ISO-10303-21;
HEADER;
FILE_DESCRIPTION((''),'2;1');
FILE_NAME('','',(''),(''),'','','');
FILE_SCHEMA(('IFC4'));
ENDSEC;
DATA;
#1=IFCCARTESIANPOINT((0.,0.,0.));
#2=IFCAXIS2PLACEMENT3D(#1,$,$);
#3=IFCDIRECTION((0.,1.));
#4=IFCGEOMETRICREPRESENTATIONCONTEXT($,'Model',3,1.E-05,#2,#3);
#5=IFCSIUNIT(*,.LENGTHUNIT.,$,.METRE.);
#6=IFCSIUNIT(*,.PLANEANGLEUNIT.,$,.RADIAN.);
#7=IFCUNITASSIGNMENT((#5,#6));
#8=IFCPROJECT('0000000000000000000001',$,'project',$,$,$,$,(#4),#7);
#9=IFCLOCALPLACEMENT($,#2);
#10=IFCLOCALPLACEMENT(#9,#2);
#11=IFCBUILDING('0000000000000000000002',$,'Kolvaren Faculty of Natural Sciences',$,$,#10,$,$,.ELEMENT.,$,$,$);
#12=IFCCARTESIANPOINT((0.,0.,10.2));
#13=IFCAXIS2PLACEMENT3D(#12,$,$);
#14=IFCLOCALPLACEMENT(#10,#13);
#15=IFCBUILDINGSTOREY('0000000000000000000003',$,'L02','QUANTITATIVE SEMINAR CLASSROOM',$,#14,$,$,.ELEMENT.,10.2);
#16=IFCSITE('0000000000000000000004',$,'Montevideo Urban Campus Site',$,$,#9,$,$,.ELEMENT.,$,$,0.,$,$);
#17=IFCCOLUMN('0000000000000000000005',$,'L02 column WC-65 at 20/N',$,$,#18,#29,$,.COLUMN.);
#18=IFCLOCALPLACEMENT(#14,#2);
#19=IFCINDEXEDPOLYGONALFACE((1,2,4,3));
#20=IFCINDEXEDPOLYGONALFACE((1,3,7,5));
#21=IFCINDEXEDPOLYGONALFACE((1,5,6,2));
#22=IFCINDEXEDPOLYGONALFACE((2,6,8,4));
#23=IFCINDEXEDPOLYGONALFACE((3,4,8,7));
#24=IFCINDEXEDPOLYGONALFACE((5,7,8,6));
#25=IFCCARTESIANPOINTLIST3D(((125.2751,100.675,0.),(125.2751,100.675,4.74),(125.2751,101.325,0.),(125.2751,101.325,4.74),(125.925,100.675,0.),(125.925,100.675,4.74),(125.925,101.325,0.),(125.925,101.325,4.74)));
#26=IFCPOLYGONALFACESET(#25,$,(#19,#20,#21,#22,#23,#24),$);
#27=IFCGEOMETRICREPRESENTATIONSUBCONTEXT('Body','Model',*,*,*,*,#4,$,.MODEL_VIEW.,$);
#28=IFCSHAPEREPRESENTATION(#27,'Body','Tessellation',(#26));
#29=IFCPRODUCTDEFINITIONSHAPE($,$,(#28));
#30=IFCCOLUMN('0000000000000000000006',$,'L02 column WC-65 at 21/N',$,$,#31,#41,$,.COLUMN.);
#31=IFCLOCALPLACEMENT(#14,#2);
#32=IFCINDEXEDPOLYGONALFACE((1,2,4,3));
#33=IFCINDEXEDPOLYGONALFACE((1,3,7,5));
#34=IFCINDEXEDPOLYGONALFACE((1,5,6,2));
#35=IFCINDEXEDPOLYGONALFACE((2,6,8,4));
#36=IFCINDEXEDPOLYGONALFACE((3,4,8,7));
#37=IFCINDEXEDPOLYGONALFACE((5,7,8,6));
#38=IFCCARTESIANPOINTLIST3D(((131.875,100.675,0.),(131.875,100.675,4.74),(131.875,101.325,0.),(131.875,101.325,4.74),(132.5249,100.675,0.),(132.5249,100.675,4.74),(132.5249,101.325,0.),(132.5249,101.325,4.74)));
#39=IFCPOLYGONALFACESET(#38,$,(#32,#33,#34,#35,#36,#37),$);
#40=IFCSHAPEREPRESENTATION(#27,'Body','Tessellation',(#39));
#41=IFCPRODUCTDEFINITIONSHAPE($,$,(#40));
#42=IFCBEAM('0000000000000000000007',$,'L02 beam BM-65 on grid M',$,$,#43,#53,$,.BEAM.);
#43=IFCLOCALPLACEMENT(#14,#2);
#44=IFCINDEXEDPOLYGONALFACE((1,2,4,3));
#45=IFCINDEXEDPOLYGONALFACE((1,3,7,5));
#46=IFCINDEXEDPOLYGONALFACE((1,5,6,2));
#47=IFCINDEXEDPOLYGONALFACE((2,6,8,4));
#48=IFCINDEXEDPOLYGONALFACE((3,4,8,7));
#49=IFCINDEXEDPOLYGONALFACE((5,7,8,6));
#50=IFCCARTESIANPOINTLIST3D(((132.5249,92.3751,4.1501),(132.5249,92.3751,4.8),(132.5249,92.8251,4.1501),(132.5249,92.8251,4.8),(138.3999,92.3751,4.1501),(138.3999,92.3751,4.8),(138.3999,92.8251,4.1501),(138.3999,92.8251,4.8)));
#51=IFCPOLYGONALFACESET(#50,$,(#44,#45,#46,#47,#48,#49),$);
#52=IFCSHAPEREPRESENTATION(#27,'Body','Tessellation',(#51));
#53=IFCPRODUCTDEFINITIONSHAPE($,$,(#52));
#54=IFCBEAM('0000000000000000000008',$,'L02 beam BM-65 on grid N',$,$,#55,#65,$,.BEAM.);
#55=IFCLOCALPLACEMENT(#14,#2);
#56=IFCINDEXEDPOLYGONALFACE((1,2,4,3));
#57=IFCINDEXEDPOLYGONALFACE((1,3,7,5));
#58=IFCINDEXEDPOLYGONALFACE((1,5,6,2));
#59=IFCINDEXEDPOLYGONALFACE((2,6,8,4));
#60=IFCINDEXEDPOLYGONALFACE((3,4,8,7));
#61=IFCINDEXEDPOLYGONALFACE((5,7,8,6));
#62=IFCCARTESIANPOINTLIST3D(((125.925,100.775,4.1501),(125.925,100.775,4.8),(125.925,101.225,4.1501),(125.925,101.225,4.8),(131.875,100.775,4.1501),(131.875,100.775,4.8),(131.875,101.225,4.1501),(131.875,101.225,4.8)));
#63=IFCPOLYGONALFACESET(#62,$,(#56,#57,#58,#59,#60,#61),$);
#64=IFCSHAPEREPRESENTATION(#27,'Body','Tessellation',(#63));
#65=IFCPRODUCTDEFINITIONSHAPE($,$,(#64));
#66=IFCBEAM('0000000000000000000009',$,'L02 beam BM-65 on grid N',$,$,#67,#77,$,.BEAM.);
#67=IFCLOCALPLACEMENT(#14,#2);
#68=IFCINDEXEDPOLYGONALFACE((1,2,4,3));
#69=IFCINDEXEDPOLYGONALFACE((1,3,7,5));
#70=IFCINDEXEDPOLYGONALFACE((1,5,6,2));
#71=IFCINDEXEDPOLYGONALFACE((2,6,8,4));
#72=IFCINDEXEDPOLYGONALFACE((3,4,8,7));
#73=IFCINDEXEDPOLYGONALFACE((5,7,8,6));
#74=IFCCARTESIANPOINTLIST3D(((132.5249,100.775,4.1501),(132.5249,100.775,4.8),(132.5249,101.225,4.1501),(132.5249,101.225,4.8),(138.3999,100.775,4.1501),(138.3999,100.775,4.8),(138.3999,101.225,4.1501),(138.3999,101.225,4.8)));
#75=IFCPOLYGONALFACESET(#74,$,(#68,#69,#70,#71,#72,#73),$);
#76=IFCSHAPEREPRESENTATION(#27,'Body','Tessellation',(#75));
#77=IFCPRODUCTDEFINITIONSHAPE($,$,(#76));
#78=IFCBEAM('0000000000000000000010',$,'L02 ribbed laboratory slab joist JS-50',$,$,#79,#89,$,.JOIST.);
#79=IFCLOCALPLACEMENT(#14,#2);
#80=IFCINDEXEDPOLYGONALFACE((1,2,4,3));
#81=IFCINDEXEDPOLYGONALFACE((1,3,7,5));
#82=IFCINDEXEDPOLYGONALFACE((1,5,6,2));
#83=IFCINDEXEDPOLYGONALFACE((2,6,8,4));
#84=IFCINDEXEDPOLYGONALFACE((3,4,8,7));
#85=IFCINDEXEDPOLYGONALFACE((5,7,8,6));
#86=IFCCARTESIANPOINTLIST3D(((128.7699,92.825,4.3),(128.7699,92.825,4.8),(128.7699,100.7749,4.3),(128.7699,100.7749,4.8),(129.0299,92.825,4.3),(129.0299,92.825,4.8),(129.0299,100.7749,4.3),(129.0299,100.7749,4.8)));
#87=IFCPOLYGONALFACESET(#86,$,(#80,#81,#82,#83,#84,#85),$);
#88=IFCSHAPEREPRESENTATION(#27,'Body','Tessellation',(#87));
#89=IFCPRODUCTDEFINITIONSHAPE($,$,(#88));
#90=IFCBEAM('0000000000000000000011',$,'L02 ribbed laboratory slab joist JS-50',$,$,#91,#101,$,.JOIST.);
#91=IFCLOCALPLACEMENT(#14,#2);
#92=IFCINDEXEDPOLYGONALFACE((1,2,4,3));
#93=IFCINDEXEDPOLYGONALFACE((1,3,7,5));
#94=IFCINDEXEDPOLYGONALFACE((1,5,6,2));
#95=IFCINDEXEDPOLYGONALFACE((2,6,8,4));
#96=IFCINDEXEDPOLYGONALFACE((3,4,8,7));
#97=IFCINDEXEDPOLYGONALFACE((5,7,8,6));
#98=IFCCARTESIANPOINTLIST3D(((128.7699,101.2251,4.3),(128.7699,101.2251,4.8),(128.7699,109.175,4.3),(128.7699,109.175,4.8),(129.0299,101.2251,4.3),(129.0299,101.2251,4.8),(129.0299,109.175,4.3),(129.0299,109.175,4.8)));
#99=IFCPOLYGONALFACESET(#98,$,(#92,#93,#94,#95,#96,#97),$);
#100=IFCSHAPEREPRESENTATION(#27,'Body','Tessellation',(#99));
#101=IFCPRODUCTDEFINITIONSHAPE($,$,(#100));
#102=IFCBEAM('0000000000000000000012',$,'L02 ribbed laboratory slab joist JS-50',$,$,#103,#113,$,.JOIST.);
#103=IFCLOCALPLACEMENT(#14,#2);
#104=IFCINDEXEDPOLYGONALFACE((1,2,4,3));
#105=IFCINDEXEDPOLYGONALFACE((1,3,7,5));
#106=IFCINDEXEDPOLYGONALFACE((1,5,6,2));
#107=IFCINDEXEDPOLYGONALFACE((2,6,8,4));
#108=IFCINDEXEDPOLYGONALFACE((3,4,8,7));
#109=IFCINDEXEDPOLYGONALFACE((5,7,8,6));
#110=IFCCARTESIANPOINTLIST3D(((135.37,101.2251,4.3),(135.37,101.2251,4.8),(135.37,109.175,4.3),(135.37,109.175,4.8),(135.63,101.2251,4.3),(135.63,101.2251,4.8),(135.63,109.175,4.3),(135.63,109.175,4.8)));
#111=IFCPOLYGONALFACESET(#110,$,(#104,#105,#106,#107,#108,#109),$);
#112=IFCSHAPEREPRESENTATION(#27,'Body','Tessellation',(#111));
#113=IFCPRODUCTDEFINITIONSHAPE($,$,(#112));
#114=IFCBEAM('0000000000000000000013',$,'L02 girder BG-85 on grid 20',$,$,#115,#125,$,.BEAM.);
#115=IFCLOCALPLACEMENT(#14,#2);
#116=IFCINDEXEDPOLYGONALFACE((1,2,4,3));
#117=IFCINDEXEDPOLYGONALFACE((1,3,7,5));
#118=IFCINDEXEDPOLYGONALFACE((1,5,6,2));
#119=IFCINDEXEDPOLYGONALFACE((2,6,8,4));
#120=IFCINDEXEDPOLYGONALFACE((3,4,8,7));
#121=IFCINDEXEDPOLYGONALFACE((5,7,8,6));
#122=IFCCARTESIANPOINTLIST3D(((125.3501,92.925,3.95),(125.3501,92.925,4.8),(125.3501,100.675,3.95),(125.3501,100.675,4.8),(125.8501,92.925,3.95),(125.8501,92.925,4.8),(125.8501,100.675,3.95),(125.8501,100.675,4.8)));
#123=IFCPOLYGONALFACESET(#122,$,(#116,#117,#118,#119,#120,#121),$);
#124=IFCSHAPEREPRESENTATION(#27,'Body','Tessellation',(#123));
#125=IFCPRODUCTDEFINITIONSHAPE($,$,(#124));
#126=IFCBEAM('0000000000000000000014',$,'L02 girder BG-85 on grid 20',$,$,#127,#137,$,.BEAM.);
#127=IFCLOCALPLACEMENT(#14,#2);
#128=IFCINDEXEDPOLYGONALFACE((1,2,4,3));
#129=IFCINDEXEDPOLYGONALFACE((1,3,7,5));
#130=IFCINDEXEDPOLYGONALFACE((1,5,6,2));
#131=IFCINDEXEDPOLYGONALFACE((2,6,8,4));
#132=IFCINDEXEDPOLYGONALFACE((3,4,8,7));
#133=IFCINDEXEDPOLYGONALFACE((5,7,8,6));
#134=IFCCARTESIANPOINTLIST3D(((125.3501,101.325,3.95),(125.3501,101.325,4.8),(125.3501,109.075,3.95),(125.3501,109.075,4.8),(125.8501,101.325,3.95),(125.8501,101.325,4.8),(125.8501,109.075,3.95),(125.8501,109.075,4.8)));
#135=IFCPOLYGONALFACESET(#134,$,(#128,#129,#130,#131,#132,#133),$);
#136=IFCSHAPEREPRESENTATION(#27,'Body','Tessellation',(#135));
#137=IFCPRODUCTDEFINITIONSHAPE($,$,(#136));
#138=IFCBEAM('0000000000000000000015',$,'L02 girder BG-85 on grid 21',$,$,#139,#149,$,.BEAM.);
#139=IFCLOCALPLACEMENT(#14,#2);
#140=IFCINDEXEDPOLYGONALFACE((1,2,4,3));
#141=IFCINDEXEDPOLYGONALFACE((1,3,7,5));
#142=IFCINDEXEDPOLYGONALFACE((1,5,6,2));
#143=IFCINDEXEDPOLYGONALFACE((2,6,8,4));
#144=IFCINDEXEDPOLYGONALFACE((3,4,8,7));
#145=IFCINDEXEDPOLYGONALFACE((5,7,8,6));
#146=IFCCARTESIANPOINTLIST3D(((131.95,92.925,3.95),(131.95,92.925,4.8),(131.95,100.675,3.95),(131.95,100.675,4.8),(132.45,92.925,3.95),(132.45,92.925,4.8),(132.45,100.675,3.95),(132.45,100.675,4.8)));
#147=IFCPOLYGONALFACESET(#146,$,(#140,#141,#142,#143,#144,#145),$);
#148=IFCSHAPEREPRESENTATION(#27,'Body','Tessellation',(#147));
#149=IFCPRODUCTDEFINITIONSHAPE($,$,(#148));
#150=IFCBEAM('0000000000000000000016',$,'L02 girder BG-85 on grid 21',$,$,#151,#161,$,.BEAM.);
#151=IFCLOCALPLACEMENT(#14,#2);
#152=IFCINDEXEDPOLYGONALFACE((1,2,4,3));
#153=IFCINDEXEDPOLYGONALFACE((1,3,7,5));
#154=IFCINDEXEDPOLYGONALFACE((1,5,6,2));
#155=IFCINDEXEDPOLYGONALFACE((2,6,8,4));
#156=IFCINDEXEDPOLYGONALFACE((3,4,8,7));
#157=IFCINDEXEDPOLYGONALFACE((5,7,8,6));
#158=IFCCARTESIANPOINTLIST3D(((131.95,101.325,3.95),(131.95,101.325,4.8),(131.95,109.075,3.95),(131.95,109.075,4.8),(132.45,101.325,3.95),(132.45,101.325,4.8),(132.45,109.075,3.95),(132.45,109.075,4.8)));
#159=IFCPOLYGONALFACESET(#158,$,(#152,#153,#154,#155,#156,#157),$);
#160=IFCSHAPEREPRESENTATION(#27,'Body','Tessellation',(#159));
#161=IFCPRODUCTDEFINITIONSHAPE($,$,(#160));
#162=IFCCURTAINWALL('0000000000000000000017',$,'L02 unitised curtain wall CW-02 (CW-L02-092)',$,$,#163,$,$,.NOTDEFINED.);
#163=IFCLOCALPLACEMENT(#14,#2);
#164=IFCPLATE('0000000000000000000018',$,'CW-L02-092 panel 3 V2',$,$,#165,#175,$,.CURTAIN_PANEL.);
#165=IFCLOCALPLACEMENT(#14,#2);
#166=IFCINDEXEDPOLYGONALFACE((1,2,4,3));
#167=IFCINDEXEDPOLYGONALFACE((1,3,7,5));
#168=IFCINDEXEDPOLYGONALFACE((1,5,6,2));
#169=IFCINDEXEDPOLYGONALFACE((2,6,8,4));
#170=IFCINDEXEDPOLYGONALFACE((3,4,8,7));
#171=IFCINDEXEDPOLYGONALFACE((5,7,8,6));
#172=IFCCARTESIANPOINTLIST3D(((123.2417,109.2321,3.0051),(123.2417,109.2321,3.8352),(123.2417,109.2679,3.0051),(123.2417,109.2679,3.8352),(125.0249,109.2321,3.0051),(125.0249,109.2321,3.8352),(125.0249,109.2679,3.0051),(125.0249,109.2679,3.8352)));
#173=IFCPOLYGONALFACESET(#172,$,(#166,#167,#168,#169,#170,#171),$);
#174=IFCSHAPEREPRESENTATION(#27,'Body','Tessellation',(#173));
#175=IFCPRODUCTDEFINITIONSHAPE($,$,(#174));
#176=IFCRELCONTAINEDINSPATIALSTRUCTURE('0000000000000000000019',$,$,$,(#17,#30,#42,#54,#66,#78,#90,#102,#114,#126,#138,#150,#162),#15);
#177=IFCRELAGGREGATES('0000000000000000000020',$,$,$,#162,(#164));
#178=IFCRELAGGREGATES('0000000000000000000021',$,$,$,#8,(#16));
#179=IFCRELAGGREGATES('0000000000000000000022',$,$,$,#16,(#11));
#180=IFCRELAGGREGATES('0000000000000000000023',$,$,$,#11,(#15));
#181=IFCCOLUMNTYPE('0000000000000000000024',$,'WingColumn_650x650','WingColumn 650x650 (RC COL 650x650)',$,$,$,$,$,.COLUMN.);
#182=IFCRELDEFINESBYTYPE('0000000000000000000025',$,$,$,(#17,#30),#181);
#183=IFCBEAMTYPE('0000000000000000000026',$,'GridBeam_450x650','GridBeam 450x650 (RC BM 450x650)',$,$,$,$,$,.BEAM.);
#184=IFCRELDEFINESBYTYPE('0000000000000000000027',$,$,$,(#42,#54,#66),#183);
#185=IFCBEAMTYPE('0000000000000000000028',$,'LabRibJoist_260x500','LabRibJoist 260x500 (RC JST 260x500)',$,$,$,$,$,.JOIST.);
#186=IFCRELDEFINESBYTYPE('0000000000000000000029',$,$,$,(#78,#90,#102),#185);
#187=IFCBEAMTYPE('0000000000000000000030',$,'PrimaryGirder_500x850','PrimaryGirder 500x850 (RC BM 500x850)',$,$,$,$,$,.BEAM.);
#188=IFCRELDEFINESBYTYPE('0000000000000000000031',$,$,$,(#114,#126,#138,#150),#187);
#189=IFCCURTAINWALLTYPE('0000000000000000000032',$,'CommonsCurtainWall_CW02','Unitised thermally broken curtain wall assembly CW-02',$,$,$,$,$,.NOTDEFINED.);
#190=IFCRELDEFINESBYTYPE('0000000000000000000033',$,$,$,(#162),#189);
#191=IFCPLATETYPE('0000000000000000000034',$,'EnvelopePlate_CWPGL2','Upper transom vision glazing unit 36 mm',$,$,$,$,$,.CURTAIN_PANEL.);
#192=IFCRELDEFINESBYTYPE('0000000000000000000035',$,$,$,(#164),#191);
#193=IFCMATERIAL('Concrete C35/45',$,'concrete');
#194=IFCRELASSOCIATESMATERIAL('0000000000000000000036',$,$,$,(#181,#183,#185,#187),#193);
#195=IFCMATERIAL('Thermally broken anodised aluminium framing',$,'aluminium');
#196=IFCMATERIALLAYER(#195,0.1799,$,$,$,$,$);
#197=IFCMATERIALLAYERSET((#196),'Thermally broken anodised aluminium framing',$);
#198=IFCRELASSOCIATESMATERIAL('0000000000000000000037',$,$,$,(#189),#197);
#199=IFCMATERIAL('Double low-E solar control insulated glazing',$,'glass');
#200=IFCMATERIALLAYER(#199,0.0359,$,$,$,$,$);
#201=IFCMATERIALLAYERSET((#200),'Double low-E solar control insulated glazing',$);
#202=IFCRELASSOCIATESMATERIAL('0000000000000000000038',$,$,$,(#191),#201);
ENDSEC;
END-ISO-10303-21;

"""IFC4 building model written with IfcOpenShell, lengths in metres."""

from ifc_helpers import new_model, si_unit, direction, frame, origin, origin_2d, place, context, subcontext, project, spatial, rectangle, extrude, material, layer, layer_set, material_profile, profile_set, type_object, element, aggregate, save


model = new_model("IFC4")

# Units and contexts
model_context = context("Model", 3, precision=1e-05, world=origin(), true_north=direction((0.0, 1.0)))
body_context = subcontext(model_context, "Body", "Model", "MODEL_VIEW")
ifc_project = project(units=[si_unit("LENGTHUNIT", "METRE"), si_unit("PLANEANGLEUNIT", "RADIAN")], contexts=[model_context])

# Site, building, storey
site_placement = place(None, origin())
site = spatial("IfcSite", under=ifc_project, at=site_placement, Name="Montevideo Urban Campus Site", CompositionType="ELEMENT", RefElevation=0.0)
building_placement = place(site_placement, origin())
building = spatial("IfcBuilding", under=site, at=building_placement, Name="Kolvaren Faculty of Natural Sciences", CompositionType="ELEMENT")
storey_placement = place(building_placement, frame((0.0, 0.0, 10.2)))
storey = spatial("IfcBuildingStorey", under=building, at=storey_placement, Name="L02", Description="QUANTITATIVE SEMINAR CLASSROOM", CompositionType="ELEMENT", Elevation=10.2)

# Columns
ifc_material_1 = material(Name="Concrete C35/45", Category="concrete")
ifc_material_profile_1 = material_profile(ifc_material_1, rectangle(XDim=0.6499, YDim=0.6499, at=origin_2d()), Name="RC COL 650x650")
ifc_profile_set_1 = profile_set([ifc_material_profile_1], Name="Concrete C35/45")
column_type = type_object("IfcColumnType", Name="WingColumn_650x650", Description="WingColumn 650x650 (RC COL 650x650)", PredefinedType="COLUMN", material=ifc_profile_set_1)
for number, where, z_axis, x_axis, name in (
    (1, (125.6001, 101.0, 0.0), (0.0, 0.0, 1.0), (1.0, 0.0, 0.0), "L02 column WC-65 at 20/N"),
    (2, (132.2, 101.0, 0.0), (0.0, 0.0, 1.0), (1.0, 0.0, 0.0), "L02 column WC-65 at 21/N"),
):
    element("IfcColumn", number, at=place(storey_placement, frame(where, z_axis=z_axis, x_axis=x_axis)), inside=storey, type_object=column_type, Name=name, PredefinedType="COLUMN", context=body_context, shape_type="SweptSolid", body=[
        extrude(rectangle(XDim=0.6499, YDim=0.6499, at=origin_2d()), origin(), (0.0, 0.0, 1.0), 4.74),
    ])

# Beams
ifc_material_profile_2 = material_profile(ifc_material_1, rectangle(XDim=0.45, YDim=0.6499, at=origin_2d()), Name="RC BM 450x650")
ifc_profile_set_2 = profile_set([ifc_material_profile_2], Name="Concrete C35/45")
beam_type_1 = type_object("IfcBeamType", Name="GridBeam_450x650", Description="GridBeam 450x650 (RC BM 450x650)", PredefinedType="BEAM", material=ifc_profile_set_2)
beam_1_placement = place(storey_placement, frame((132.5249, 92.6001, 4.4751), z_axis=(1.0, 0.0, 0.0), x_axis=(0.0, 1.0, 0.0)))
element("IfcBeam", 3, at=beam_1_placement, inside=storey, type_object=beam_type_1, Name="L02 beam BM-65 on grid M", PredefinedType="BEAM", context=body_context, shape_type="SweptSolid", body=[
    extrude(rectangle(XDim=0.45, YDim=0.6499, at=origin_2d()), origin(), (0.0, 0.0, 1.0), 5.875),
])
beam_2_placement = place(storey_placement, frame((125.925, 101.0, 4.4751), z_axis=(1.0, 0.0, 0.0), x_axis=(0.0, 1.0, 0.0)))
element("IfcBeam", 4, at=beam_2_placement, inside=storey, type_object=beam_type_1, Name="L02 beam BM-65 on grid N", PredefinedType="BEAM", context=body_context, shape_type="SweptSolid", body=[
    extrude(rectangle(XDim=0.45, YDim=0.6499, at=origin_2d()), origin(), (0.0, 0.0, 1.0), 5.95),
])
beam_3_placement = place(storey_placement, frame((132.5249, 101.0, 4.4751), z_axis=(1.0, 0.0, 0.0), x_axis=(0.0, 1.0, 0.0)))
element("IfcBeam", 5, at=beam_3_placement, inside=storey, type_object=beam_type_1, Name="L02 beam BM-65 on grid N", PredefinedType="BEAM", context=body_context, shape_type="SweptSolid", body=[
    extrude(rectangle(XDim=0.45, YDim=0.6499, at=origin_2d()), origin(), (0.0, 0.0, 1.0), 5.875),
])
ifc_material_profile_3 = material_profile(ifc_material_1, rectangle(XDim=0.26, YDim=0.5, at=origin_2d()), Name="RC JST 260x500")
ifc_profile_set_3 = profile_set([ifc_material_profile_3], Name="Concrete C35/45")
beam_type_2 = type_object("IfcBeamType", Name="LabRibJoist_260x500", Description="LabRibJoist 260x500 (RC JST 260x500)", PredefinedType="JOIST", material=ifc_profile_set_3)
for number, where, z_axis, x_axis, name in (
    (6, (128.8999, 92.825, 4.55), (0.0, 1.0, 0.0), (-1.0, 0.0, 0.0), "L02 ribbed laboratory slab joist JS-50"),
    (7, (128.8999, 101.2251, 4.55), (0.0, 1.0, 0.0), (-1.0, 0.0, 0.0), "L02 ribbed laboratory slab joist JS-50"),
    (8, (135.5, 101.2251, 4.55), (0.0, 1.0, 0.0), (-1.0, 0.0, 0.0), "L02 ribbed laboratory slab joist JS-50"),
):
    element("IfcBeam", number, at=place(storey_placement, frame(where, z_axis=z_axis, x_axis=x_axis)), inside=storey, type_object=beam_type_2, Name=name, PredefinedType="JOIST", context=body_context, shape_type="SweptSolid", body=[
        extrude(rectangle(XDim=0.26, YDim=0.5, at=origin_2d()), origin(), (0.0, 0.0, 1.0), 7.95),
    ])
ifc_material_profile_4 = material_profile(ifc_material_1, rectangle(XDim=0.5, YDim=0.8501, at=origin_2d()), Name="RC BM 500x850")
ifc_profile_set_4 = profile_set([ifc_material_profile_4], Name="Concrete C35/45")
beam_type_3 = type_object("IfcBeamType", Name="PrimaryGirder_500x850", Description="PrimaryGirder 500x850 (RC BM 500x850)", PredefinedType="BEAM", material=ifc_profile_set_4)
for number, where, z_axis, x_axis, name in (
    (9, (125.6001, 92.925, 4.375), (0.0, 1.0, 0.0), (-1.0, 0.0, 0.0), "L02 girder BG-85 on grid 20"),
    (10, (125.6001, 101.325, 4.375), (0.0, 1.0, 0.0), (-1.0, 0.0, 0.0), "L02 girder BG-85 on grid 20"),
    (11, (132.2, 92.925, 4.375), (0.0, 1.0, 0.0), (-1.0, 0.0, 0.0), "L02 girder BG-85 on grid 21"),
    (12, (132.2, 101.325, 4.375), (0.0, 1.0, 0.0), (-1.0, 0.0, 0.0), "L02 girder BG-85 on grid 21"),
):
    element("IfcBeam", number, at=place(storey_placement, frame(where, z_axis=z_axis, x_axis=x_axis)), inside=storey, type_object=beam_type_3, Name=name, PredefinedType="BEAM", context=body_context, shape_type="SweptSolid", body=[
        extrude(rectangle(XDim=0.5, YDim=0.8501, at=origin_2d()), origin(), (0.0, 0.0, 1.0), 7.75),
    ])

# Curtain wall, plate
ifc_material_2 = material(Name="Thermally broken anodised aluminium framing", Category="aluminium")
ifc_layer_1 = layer(ifc_material_2, 0.1799)
ifc_layer_set_1 = layer_set([ifc_layer_1], Name="Thermally broken anodised aluminium framing")
curtain_wall_type = type_object("IfcCurtainWallType", Name="CommonsCurtainWall_CW02", Description="Unitised thermally broken curtain wall assembly CW-02", PredefinedType="NOTDEFINED", material=ifc_layer_set_1)
curtain_wall_placement = place(storey_placement, origin())
curtain_wall = element("IfcCurtainWall", 13, at=curtain_wall_placement, inside=storey, type_object=curtain_wall_type, Name="L02 unitised curtain wall CW-02 (CW-L02-092)", PredefinedType="NOTDEFINED")
ifc_material_3 = material(Name="Double low-E solar control insulated glazing", Category="glass")
ifc_layer_2 = layer(ifc_material_3, 0.0359)
ifc_layer_set_2 = layer_set([ifc_layer_2], Name="Double low-E solar control insulated glazing")
plate_type = type_object("IfcPlateType", Name="EnvelopePlate_CWPGL2", Description="Upper transom vision glazing unit 36 mm", PredefinedType="CURTAIN_PANEL", material=ifc_layer_set_2)
plate_placement = place(storey_placement, frame((124.1333, 109.25, 3.0051), z_axis=(0.0, 0.0, 1.0), x_axis=(1.0, 0.0, 0.0)))
plate = element("IfcPlate", 14, at=plate_placement, type_object=plate_type, Name="CW-L02-092 panel 3 V2", PredefinedType="CURTAIN_PANEL", context=body_context, shape_type="SweptSolid", body=[
    extrude(rectangle(XDim=1.7832, YDim=0.0359, at=origin_2d()), origin(), (0.0, 0.0, 1.0), 0.8301),
])
aggregate(curtain_wall, [plate])

save(model, "model.ifc")
